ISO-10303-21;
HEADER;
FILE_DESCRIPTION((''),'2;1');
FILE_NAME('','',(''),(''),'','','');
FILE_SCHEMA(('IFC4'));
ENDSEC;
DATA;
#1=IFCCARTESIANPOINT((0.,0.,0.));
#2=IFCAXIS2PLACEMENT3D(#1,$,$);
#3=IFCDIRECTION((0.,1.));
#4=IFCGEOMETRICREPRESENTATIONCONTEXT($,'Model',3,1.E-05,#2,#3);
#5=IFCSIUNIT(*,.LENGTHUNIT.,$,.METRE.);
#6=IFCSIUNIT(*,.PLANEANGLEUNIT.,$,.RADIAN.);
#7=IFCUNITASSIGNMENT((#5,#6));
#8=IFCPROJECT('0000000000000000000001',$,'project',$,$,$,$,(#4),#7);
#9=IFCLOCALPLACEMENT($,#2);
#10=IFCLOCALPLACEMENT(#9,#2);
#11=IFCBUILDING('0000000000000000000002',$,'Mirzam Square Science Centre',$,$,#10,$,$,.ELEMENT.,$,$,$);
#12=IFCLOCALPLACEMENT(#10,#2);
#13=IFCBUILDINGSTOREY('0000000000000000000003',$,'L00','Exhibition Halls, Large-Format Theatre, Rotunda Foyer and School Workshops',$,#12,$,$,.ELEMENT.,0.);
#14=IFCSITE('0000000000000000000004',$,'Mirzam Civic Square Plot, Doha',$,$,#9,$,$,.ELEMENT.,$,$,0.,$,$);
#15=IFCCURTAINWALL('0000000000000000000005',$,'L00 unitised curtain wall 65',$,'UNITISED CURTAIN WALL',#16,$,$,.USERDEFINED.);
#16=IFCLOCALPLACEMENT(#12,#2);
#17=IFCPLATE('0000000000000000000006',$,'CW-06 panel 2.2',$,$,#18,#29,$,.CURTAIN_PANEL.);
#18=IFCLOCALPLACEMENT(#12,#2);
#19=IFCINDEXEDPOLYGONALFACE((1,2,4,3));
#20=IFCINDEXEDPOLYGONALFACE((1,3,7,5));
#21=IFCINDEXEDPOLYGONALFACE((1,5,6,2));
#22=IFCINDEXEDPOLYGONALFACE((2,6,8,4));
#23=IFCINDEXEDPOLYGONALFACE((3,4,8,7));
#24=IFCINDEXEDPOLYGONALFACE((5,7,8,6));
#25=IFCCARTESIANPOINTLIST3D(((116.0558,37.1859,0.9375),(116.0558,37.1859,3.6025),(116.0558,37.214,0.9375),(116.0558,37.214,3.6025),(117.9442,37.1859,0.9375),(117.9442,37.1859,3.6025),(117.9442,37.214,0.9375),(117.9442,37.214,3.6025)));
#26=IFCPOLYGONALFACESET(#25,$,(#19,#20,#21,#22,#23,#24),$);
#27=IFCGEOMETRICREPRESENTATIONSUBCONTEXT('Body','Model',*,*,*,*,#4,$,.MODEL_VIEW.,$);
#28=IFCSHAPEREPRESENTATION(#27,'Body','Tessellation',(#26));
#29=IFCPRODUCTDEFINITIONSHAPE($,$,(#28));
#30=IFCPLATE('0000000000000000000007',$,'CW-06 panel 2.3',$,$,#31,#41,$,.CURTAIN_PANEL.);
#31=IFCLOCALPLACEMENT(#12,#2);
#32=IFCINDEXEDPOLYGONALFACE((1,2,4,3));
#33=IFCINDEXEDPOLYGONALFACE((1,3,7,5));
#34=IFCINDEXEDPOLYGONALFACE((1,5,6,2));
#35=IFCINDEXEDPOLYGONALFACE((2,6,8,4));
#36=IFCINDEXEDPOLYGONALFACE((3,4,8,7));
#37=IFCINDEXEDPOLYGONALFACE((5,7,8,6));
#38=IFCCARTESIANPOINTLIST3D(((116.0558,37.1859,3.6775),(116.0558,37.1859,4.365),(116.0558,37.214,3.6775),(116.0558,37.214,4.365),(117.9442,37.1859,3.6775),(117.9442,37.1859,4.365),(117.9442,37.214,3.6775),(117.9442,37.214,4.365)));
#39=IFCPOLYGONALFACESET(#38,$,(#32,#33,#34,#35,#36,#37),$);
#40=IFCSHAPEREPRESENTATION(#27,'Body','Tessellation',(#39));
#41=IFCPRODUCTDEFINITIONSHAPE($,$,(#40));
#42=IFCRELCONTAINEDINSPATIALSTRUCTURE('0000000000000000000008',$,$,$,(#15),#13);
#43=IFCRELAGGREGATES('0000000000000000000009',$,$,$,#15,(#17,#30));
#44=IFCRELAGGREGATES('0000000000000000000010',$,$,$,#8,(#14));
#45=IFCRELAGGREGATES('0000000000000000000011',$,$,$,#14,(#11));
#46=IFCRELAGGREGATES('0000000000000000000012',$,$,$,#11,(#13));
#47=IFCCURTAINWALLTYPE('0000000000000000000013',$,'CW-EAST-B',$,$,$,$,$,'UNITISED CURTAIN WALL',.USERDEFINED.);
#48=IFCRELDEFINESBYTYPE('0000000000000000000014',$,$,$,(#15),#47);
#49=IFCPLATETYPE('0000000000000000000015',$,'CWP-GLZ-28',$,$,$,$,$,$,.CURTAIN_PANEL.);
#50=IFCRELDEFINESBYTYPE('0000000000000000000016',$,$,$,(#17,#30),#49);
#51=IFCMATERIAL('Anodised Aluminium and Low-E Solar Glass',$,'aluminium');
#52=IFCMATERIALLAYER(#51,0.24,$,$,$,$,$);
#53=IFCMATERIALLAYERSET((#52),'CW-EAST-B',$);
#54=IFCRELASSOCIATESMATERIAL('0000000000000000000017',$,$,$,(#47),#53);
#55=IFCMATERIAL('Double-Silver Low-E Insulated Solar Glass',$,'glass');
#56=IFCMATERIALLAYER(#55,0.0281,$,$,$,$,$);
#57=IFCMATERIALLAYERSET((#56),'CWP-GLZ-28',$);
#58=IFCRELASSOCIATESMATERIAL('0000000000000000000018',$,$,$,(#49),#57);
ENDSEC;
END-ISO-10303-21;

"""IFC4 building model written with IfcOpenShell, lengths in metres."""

from ifc_helpers import new_model, si_unit, direction, frame, origin, origin_2d, place, context, subcontext, project, spatial, rectangle, extrude, material, layer, layer_set, type_object, element, aggregate, save


model = new_model("IFC4")

# Units and contexts
model_context = context("Model", 3, precision=1e-05, world=origin(), true_north=direction((0.0, 1.0)))
body_context = subcontext(model_context, "Body", "Model", "MODEL_VIEW")
ifc_project = project(units=[si_unit("LENGTHUNIT", "METRE"), si_unit("PLANEANGLEUNIT", "RADIAN")], contexts=[model_context])

# Site, building, storey
site_placement = place(None, origin())
site = spatial("IfcSite", under=ifc_project, at=site_placement, Name="Mirzam Civic Square Plot, Doha", CompositionType="ELEMENT", RefElevation=0.0)
building_placement = place(site_placement, origin())
building = spatial("IfcBuilding", under=site, at=building_placement, Name="Mirzam Square Science Centre", CompositionType="ELEMENT")
storey_placement = place(building_placement, origin())
storey = spatial("IfcBuildingStorey", under=building, at=storey_placement, Name="L00", Description="Exhibition Halls, Large-Format Theatre, Rotunda Foyer and School Workshops", CompositionType="ELEMENT", Elevation=0.0)

# Curtain wall
ifc_material_1 = material(Name="Anodised Aluminium and Low-E Solar Glass", Category="aluminium")
ifc_layer_1 = layer(ifc_material_1, 0.24)
ifc_layer_set_1 = layer_set([ifc_layer_1], Name="CW-EAST-B")
curtain_wall_type = type_object("IfcCurtainWallType", Name="CW-EAST-B", ElementType="UNITISED CURTAIN WALL", PredefinedType="USERDEFINED", material=ifc_layer_set_1)
curtain_wall_placement = place(storey_placement, origin())
curtain_wall = element("IfcCurtainWall", 1, at=curtain_wall_placement, inside=storey, type_object=curtain_wall_type, Name="L00 unitised curtain wall 65", ObjectType="UNITISED CURTAIN WALL", PredefinedType="USERDEFINED")

# Plates
ifc_material_2 = material(Name="Double-Silver Low-E Insulated Solar Glass", Category="glass")
ifc_layer_2 = layer(ifc_material_2, 0.0281)
ifc_layer_set_2 = layer_set([ifc_layer_2], Name="CWP-GLZ-28")
plate_type = type_object("IfcPlateType", Name="CWP-GLZ-28", PredefinedType="CURTAIN_PANEL", material=ifc_layer_set_2)
plate_1_placement = place(storey_placement, frame((117.0, 37.2, 0.9375), z_axis=(0.0, 0.0, 1.0), x_axis=(1.0, 0.0, 0.0)))
plate_1 = element("IfcPlate", 2, at=plate_1_placement, type_object=plate_type, Name="CW-06 panel 2.2", PredefinedType="CURTAIN_PANEL", context=body_context, shape_type="SweptSolid", body=[
    extrude(rectangle(XDim=1.8884, YDim=0.0281, at=origin_2d()), origin(), (0.0, 0.0, 1.0), 2.665),
])
plate_2_placement = place(storey_placement, frame((117.0, 37.2, 3.6775), z_axis=(0.0, 0.0, 1.0), x_axis=(1.0, 0.0, 0.0)))
plate_2 = element("IfcPlate", 3, at=plate_2_placement, type_object=plate_type, Name="CW-06 panel 2.3", PredefinedType="CURTAIN_PANEL", context=body_context, shape_type="SweptSolid", body=[
    extrude(rectangle(XDim=1.8884, YDim=0.0281, at=origin_2d()), origin(), (0.0, 0.0, 1.0), 0.6875),
])
aggregate(curtain_wall, [plate_1, plate_2])

save(model, "model.ifc")
